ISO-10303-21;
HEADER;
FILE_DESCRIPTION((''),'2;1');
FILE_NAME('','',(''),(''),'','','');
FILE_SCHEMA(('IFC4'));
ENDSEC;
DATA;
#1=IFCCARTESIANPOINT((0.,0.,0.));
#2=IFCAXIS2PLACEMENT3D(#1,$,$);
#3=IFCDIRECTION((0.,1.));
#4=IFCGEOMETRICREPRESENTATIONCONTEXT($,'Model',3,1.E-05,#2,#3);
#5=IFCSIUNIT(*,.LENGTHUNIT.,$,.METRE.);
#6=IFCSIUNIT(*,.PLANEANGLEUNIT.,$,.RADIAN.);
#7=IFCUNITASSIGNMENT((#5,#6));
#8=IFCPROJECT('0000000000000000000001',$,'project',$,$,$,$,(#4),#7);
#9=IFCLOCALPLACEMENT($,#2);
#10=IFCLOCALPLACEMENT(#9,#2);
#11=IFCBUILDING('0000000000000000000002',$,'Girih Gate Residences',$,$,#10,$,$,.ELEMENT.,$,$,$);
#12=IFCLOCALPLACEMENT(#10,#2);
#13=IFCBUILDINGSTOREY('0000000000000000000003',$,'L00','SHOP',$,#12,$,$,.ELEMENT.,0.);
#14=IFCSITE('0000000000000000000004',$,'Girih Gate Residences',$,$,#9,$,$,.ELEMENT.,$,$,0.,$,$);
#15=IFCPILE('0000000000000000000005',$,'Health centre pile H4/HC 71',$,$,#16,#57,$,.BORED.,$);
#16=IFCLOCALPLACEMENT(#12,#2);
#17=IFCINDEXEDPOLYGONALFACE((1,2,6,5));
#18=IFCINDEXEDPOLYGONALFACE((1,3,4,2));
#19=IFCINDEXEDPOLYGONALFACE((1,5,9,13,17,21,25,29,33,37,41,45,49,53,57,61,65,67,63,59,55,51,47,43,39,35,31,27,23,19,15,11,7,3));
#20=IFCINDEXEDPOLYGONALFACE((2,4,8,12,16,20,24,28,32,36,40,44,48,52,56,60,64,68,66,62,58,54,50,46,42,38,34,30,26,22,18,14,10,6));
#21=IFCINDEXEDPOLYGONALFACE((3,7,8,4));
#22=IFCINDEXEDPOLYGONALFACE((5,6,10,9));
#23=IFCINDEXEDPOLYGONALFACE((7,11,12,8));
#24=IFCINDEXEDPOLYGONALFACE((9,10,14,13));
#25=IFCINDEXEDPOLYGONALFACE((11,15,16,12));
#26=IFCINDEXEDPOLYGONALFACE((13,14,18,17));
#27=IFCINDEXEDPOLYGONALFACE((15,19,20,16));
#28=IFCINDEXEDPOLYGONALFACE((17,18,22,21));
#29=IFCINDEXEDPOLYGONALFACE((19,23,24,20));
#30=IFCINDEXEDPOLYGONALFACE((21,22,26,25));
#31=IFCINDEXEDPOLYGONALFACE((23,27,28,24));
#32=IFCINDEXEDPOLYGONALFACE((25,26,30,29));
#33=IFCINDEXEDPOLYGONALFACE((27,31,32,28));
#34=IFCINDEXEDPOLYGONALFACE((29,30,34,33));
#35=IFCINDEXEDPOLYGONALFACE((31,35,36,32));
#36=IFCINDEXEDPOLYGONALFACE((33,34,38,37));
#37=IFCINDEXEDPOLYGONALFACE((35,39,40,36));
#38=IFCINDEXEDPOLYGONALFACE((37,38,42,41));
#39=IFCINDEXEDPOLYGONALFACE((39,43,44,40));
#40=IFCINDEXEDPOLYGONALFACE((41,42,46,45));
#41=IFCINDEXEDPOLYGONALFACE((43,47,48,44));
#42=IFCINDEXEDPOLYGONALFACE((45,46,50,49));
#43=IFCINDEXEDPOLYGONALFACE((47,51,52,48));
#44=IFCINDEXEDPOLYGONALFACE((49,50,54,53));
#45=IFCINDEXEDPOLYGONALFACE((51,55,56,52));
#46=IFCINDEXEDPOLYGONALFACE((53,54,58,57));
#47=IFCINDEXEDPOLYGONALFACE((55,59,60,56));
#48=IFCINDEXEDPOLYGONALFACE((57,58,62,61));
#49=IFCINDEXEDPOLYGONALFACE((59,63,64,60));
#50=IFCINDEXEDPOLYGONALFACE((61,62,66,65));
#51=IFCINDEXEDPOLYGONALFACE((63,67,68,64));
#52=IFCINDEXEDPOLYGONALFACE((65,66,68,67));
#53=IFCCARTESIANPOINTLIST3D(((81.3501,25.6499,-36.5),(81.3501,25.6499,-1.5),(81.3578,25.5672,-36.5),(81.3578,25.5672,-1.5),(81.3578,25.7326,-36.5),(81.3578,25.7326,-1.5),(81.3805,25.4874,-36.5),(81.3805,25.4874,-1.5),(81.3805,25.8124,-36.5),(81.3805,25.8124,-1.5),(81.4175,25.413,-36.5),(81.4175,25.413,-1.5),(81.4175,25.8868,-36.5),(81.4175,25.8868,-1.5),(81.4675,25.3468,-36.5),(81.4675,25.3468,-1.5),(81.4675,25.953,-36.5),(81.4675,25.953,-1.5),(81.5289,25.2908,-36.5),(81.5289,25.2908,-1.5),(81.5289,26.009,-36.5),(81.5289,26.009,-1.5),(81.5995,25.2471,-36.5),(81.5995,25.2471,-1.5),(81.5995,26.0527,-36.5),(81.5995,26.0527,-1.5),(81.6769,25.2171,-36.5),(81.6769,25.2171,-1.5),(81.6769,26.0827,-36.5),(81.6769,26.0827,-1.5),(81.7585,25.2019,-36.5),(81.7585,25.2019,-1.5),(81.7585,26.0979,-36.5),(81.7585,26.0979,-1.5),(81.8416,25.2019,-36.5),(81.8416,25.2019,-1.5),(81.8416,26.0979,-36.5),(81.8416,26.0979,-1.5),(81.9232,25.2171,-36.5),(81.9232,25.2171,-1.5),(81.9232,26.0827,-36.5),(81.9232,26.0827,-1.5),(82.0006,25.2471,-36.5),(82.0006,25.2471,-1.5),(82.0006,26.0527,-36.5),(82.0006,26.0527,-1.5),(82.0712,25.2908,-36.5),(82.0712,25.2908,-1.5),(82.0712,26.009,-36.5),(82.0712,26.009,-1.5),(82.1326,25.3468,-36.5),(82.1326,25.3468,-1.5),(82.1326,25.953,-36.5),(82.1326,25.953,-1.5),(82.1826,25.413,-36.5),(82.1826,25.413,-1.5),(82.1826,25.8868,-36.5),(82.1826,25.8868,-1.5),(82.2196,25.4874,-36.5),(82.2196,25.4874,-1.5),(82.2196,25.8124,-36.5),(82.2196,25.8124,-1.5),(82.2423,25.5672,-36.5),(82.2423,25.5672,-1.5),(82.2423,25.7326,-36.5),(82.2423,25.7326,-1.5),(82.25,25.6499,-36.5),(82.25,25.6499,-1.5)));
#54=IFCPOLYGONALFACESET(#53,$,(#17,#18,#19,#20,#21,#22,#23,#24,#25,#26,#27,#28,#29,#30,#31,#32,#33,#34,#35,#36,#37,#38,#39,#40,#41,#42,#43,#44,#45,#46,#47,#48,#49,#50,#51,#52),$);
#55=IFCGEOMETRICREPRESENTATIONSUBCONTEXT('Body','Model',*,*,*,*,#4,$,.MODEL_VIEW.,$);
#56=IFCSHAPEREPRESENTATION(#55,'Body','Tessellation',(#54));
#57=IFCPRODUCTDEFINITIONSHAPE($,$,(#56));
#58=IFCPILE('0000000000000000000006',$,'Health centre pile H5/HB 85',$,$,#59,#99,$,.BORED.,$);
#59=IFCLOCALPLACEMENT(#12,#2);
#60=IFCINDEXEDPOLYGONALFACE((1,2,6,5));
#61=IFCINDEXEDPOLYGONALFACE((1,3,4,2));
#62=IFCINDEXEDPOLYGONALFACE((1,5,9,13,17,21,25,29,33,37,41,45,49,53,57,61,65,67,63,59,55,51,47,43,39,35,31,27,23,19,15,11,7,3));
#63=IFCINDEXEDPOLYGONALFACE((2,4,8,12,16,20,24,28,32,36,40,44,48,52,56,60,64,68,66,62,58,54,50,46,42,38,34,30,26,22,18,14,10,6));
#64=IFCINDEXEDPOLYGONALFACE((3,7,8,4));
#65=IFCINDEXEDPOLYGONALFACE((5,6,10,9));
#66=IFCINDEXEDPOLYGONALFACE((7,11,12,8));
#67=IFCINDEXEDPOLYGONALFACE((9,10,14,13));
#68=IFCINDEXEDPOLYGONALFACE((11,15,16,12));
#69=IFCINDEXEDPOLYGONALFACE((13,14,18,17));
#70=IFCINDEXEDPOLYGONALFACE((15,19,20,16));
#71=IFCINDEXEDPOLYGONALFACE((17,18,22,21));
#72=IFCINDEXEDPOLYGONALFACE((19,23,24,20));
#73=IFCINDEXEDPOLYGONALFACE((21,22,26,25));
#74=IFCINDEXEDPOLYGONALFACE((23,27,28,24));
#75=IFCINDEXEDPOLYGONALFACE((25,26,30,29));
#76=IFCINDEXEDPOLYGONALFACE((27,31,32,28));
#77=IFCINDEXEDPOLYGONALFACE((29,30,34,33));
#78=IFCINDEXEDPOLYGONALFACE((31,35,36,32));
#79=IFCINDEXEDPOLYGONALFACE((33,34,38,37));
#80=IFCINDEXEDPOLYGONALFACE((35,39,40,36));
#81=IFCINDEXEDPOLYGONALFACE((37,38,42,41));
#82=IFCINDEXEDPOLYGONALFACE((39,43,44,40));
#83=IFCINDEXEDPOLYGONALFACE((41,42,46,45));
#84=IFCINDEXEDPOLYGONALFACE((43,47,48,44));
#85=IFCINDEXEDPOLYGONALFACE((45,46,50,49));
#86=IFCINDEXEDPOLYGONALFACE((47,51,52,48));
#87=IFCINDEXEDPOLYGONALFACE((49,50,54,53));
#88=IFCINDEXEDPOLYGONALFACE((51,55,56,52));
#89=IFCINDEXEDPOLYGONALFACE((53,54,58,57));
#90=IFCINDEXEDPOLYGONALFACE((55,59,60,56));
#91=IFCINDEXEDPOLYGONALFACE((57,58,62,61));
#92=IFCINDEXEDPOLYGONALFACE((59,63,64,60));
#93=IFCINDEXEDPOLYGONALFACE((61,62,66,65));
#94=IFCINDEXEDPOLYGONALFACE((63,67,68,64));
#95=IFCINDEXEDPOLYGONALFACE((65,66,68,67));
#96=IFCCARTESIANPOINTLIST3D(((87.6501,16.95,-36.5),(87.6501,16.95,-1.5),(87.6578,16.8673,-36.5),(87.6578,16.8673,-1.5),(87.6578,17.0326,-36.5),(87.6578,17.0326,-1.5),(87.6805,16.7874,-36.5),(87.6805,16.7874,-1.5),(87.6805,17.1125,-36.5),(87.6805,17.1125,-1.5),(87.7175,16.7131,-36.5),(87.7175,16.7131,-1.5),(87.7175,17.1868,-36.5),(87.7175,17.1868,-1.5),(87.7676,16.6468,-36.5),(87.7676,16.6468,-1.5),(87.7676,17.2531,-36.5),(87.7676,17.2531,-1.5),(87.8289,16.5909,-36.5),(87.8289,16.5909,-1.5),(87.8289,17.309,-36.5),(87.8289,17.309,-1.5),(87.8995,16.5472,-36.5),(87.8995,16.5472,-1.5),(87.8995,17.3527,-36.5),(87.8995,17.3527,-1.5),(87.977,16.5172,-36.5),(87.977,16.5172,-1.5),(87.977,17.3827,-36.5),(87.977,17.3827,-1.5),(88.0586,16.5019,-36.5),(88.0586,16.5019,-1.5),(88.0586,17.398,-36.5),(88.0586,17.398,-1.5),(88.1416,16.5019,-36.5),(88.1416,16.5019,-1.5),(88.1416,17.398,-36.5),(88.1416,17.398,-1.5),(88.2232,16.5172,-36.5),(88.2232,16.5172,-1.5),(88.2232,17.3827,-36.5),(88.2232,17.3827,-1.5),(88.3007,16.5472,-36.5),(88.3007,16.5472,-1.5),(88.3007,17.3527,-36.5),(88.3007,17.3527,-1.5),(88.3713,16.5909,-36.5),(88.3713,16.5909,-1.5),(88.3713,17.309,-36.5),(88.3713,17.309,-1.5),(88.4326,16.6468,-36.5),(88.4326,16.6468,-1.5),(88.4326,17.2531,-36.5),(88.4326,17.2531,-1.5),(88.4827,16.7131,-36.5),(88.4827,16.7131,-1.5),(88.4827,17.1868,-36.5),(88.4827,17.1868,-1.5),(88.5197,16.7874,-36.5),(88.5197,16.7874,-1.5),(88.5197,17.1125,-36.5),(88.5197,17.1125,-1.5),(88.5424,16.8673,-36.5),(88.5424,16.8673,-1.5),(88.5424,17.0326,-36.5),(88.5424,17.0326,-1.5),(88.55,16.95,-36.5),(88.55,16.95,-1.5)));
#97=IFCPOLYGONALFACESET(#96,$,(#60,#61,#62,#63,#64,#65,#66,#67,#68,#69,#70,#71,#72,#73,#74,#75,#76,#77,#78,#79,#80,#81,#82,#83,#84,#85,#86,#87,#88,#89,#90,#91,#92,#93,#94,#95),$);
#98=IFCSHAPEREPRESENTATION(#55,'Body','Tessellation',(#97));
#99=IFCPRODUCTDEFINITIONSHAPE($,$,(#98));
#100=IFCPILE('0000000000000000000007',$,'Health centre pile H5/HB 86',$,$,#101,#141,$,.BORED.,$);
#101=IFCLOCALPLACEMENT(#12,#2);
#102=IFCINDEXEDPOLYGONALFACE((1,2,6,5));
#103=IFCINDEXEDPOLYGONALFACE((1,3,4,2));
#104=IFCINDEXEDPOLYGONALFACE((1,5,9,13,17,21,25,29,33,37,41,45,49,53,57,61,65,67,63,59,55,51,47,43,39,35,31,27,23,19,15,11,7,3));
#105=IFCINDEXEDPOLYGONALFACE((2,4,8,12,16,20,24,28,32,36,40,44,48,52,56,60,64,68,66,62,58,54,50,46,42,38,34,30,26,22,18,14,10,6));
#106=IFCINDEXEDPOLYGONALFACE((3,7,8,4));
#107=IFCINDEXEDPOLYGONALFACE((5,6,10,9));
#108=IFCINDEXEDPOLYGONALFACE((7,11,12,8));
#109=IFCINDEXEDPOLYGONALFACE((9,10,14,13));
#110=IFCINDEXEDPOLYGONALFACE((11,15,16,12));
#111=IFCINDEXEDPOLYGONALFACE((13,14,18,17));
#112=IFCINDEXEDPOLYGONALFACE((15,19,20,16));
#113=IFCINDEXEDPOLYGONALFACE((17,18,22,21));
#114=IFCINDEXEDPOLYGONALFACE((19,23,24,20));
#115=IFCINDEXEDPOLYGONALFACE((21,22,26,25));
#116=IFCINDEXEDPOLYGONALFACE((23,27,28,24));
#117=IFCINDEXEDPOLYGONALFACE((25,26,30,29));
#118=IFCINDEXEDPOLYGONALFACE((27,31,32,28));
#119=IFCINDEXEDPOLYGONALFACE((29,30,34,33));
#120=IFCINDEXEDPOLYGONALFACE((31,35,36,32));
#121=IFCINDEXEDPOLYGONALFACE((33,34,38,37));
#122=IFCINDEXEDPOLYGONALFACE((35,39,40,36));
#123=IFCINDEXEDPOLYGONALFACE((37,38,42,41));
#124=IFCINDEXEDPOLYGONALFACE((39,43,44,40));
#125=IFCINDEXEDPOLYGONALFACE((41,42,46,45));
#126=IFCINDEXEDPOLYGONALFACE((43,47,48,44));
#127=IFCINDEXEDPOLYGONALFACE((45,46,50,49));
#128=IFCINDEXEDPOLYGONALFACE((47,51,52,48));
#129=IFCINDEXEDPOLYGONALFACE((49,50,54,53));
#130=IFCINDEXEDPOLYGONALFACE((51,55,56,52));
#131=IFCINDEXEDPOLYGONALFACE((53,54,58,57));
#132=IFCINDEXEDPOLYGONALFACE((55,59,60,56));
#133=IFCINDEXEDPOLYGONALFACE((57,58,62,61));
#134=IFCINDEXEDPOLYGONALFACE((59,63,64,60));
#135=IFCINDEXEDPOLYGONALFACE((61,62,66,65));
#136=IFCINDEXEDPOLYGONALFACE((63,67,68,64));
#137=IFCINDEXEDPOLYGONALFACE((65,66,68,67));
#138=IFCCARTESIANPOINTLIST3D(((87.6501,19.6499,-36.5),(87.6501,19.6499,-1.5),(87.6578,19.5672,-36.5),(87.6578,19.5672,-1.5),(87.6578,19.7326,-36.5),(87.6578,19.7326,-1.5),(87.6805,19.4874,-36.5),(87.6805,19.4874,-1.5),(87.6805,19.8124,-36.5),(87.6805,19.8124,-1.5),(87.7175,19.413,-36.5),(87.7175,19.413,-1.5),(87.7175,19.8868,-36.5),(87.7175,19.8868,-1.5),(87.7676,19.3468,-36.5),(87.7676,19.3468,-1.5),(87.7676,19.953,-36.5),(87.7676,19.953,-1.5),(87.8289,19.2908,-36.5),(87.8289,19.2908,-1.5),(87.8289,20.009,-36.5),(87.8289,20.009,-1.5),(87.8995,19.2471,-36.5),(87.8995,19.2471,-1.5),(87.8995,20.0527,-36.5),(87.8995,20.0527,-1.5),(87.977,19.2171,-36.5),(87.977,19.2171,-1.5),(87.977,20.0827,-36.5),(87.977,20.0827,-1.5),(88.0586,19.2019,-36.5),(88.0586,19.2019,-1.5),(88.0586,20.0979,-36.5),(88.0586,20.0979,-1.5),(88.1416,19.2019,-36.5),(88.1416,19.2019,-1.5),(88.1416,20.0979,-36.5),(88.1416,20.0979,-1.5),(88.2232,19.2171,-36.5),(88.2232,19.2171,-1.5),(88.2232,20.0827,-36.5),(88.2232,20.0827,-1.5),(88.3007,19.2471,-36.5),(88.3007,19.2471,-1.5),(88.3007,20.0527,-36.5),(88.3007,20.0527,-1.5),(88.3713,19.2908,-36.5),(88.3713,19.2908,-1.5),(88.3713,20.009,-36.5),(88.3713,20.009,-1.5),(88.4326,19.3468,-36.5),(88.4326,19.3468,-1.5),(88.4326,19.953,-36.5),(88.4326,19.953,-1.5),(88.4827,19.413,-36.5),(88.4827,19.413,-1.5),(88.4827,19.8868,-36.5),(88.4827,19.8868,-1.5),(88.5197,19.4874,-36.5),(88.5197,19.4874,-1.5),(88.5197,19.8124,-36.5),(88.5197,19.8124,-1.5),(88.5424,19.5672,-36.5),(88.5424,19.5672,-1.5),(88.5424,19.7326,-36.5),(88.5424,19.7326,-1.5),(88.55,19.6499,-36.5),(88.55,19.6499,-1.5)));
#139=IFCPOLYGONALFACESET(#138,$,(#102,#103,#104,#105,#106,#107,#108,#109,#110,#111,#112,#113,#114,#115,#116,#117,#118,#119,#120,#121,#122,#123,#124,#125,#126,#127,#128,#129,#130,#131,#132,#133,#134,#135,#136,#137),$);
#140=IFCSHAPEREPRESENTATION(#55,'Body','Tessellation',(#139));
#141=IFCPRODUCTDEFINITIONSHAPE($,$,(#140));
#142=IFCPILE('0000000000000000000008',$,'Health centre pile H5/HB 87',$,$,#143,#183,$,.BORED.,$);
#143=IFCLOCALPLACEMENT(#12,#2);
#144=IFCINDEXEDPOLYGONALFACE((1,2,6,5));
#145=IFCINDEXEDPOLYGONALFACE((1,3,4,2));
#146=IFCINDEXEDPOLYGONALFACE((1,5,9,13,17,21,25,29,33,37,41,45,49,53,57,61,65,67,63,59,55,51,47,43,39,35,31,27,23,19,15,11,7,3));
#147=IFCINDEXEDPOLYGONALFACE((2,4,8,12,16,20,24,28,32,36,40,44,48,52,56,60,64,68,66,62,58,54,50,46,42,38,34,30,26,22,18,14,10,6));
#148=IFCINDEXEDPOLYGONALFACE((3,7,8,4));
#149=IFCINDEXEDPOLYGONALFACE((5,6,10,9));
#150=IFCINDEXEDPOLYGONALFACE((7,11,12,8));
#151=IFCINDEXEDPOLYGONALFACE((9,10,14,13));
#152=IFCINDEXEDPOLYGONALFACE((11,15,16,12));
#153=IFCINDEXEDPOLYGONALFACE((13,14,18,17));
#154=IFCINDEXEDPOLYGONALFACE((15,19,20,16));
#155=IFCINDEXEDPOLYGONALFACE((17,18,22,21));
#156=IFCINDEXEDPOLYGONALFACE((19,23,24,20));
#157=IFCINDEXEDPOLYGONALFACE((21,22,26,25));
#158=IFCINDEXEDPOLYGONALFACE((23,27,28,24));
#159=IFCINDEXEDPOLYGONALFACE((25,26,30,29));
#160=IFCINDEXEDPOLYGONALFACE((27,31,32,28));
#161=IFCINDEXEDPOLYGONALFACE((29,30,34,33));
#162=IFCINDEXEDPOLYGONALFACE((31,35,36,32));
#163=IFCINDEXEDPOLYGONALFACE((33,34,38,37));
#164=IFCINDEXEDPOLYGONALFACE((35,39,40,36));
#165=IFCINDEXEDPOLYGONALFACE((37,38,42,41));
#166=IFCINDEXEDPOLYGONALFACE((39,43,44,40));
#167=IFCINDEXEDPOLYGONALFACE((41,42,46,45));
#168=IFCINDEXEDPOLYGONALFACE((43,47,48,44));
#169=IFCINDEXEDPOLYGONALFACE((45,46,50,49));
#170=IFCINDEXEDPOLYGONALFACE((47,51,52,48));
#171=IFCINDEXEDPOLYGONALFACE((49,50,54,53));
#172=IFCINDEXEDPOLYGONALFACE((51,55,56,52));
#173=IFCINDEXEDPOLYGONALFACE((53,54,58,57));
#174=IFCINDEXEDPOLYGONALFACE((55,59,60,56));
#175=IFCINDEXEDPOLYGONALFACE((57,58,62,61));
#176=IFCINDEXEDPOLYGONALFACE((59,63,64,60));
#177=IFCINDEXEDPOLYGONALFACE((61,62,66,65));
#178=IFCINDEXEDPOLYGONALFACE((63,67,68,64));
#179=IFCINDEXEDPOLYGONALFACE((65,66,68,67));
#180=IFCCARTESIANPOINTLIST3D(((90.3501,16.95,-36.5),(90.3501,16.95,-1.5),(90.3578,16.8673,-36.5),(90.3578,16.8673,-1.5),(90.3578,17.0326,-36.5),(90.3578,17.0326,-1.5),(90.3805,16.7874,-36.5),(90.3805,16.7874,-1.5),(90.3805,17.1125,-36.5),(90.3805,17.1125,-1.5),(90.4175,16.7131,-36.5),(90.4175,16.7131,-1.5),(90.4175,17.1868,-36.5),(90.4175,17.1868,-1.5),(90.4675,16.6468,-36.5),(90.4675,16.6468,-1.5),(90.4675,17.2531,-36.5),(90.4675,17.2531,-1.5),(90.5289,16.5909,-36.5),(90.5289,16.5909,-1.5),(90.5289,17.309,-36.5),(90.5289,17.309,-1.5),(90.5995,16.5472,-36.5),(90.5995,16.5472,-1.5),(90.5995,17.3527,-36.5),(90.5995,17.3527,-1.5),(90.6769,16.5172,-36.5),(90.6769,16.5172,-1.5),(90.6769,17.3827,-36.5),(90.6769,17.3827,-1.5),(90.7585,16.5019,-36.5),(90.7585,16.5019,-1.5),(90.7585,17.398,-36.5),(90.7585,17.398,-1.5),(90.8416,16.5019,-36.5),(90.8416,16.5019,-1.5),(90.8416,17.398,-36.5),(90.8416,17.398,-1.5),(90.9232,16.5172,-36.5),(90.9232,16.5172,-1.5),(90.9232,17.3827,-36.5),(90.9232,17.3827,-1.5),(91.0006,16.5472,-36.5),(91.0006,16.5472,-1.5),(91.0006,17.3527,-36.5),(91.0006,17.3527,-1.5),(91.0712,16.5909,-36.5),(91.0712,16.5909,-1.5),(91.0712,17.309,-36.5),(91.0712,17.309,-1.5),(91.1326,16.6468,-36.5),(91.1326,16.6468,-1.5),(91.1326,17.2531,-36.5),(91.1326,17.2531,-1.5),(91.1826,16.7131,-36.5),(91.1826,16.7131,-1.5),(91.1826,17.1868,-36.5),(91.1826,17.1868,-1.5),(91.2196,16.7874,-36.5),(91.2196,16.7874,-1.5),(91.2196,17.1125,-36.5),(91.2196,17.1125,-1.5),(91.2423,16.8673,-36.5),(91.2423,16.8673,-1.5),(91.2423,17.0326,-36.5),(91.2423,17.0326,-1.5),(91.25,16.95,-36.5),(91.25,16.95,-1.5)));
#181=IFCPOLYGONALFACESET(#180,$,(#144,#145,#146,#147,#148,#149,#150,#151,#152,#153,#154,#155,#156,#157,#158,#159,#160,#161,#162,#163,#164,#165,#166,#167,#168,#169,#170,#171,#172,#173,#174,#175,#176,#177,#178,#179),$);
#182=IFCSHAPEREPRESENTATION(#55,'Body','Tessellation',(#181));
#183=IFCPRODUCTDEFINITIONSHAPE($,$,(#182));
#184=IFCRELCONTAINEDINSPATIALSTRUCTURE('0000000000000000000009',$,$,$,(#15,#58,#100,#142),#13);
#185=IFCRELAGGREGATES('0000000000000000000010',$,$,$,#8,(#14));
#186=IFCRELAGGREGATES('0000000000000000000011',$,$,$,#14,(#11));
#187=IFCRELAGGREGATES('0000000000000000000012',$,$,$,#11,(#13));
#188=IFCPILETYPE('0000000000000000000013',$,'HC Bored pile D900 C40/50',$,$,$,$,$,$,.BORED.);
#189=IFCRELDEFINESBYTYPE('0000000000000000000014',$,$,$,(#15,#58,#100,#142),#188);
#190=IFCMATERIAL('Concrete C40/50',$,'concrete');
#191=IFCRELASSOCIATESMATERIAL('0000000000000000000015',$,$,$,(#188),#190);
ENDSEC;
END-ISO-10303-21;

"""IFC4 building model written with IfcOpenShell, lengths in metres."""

from ifc_helpers import new_model, si_unit, direction, frame, origin, origin_2d, place, context, subcontext, project, spatial, circle, extrude, material, material_profile, profile_set, type_object, element, save


model = new_model("IFC4")

# Units and contexts
model_context = context("Model", 3, precision=1e-05, world=origin(), true_north=direction((0.0, 1.0)))
body_context = subcontext(model_context, "Body", "Model", "MODEL_VIEW")
ifc_project = project(units=[si_unit("LENGTHUNIT", "METRE"), si_unit("PLANEANGLEUNIT", "RADIAN")], contexts=[model_context])

# Site, building, storey
site_placement = place(None, origin())
site = spatial("IfcSite", under=ifc_project, at=site_placement, Name="Girih Gate Residences", CompositionType="ELEMENT", RefElevation=0.0)
building_placement = place(site_placement, origin())
building = spatial("IfcBuilding", under=site, at=building_placement, Name="Girih Gate Residences", CompositionType="ELEMENT")
storey_placement = place(building_placement, origin())
storey = spatial("IfcBuildingStorey", under=building, at=storey_placement, Name="L00", Description="SHOP", CompositionType="ELEMENT", Elevation=0.0)

# Piles
ifc_material_1 = material(Name="Concrete C40/50", Category="concrete")
ifc_material_profile_1 = material_profile(ifc_material_1, circle(Radius=0.45, at=origin_2d()))
ifc_profile_set_1 = profile_set([ifc_material_profile_1], Name="Concrete C40/50")
pile_type = type_object("IfcPileType", Name="HC Bored pile D900 C40/50", PredefinedType="BORED", material=ifc_profile_set_1)
for number, where, z_axis, x_axis, name in (
    (1, (81.8, 25.6499, -1.5), (0.0, 0.0, -1.0), (1.0, 0.0, 0.0), "Health centre pile H4/HC 71"),
    (2, (88.1001, 16.95, -1.5), (0.0, 0.0, -1.0), (1.0, 0.0, 0.0), "Health centre pile H5/HB 85"),
    (3, (88.1001, 19.6499, -1.5), (0.0, 0.0, -1.0), (1.0, 0.0, 0.0), "Health centre pile H5/HB 86"),
    (4, (90.8, 16.95, -1.5), (0.0, 0.0, -1.0), (1.0, 0.0, 0.0), "Health centre pile H5/HB 87"),
):
    element("IfcPile", number, at=place(storey_placement, frame(where, z_axis=z_axis, x_axis=x_axis)), inside=storey, type_object=pile_type, Name=name, PredefinedType="BORED", context=body_context, shape_type="SweptSolid", body=[
        extrude(circle(Radius=0.45, at=origin_2d()), origin(), (0.0, 0.0, 1.0), 35.0),
    ])

save(model, "model.ifc")
